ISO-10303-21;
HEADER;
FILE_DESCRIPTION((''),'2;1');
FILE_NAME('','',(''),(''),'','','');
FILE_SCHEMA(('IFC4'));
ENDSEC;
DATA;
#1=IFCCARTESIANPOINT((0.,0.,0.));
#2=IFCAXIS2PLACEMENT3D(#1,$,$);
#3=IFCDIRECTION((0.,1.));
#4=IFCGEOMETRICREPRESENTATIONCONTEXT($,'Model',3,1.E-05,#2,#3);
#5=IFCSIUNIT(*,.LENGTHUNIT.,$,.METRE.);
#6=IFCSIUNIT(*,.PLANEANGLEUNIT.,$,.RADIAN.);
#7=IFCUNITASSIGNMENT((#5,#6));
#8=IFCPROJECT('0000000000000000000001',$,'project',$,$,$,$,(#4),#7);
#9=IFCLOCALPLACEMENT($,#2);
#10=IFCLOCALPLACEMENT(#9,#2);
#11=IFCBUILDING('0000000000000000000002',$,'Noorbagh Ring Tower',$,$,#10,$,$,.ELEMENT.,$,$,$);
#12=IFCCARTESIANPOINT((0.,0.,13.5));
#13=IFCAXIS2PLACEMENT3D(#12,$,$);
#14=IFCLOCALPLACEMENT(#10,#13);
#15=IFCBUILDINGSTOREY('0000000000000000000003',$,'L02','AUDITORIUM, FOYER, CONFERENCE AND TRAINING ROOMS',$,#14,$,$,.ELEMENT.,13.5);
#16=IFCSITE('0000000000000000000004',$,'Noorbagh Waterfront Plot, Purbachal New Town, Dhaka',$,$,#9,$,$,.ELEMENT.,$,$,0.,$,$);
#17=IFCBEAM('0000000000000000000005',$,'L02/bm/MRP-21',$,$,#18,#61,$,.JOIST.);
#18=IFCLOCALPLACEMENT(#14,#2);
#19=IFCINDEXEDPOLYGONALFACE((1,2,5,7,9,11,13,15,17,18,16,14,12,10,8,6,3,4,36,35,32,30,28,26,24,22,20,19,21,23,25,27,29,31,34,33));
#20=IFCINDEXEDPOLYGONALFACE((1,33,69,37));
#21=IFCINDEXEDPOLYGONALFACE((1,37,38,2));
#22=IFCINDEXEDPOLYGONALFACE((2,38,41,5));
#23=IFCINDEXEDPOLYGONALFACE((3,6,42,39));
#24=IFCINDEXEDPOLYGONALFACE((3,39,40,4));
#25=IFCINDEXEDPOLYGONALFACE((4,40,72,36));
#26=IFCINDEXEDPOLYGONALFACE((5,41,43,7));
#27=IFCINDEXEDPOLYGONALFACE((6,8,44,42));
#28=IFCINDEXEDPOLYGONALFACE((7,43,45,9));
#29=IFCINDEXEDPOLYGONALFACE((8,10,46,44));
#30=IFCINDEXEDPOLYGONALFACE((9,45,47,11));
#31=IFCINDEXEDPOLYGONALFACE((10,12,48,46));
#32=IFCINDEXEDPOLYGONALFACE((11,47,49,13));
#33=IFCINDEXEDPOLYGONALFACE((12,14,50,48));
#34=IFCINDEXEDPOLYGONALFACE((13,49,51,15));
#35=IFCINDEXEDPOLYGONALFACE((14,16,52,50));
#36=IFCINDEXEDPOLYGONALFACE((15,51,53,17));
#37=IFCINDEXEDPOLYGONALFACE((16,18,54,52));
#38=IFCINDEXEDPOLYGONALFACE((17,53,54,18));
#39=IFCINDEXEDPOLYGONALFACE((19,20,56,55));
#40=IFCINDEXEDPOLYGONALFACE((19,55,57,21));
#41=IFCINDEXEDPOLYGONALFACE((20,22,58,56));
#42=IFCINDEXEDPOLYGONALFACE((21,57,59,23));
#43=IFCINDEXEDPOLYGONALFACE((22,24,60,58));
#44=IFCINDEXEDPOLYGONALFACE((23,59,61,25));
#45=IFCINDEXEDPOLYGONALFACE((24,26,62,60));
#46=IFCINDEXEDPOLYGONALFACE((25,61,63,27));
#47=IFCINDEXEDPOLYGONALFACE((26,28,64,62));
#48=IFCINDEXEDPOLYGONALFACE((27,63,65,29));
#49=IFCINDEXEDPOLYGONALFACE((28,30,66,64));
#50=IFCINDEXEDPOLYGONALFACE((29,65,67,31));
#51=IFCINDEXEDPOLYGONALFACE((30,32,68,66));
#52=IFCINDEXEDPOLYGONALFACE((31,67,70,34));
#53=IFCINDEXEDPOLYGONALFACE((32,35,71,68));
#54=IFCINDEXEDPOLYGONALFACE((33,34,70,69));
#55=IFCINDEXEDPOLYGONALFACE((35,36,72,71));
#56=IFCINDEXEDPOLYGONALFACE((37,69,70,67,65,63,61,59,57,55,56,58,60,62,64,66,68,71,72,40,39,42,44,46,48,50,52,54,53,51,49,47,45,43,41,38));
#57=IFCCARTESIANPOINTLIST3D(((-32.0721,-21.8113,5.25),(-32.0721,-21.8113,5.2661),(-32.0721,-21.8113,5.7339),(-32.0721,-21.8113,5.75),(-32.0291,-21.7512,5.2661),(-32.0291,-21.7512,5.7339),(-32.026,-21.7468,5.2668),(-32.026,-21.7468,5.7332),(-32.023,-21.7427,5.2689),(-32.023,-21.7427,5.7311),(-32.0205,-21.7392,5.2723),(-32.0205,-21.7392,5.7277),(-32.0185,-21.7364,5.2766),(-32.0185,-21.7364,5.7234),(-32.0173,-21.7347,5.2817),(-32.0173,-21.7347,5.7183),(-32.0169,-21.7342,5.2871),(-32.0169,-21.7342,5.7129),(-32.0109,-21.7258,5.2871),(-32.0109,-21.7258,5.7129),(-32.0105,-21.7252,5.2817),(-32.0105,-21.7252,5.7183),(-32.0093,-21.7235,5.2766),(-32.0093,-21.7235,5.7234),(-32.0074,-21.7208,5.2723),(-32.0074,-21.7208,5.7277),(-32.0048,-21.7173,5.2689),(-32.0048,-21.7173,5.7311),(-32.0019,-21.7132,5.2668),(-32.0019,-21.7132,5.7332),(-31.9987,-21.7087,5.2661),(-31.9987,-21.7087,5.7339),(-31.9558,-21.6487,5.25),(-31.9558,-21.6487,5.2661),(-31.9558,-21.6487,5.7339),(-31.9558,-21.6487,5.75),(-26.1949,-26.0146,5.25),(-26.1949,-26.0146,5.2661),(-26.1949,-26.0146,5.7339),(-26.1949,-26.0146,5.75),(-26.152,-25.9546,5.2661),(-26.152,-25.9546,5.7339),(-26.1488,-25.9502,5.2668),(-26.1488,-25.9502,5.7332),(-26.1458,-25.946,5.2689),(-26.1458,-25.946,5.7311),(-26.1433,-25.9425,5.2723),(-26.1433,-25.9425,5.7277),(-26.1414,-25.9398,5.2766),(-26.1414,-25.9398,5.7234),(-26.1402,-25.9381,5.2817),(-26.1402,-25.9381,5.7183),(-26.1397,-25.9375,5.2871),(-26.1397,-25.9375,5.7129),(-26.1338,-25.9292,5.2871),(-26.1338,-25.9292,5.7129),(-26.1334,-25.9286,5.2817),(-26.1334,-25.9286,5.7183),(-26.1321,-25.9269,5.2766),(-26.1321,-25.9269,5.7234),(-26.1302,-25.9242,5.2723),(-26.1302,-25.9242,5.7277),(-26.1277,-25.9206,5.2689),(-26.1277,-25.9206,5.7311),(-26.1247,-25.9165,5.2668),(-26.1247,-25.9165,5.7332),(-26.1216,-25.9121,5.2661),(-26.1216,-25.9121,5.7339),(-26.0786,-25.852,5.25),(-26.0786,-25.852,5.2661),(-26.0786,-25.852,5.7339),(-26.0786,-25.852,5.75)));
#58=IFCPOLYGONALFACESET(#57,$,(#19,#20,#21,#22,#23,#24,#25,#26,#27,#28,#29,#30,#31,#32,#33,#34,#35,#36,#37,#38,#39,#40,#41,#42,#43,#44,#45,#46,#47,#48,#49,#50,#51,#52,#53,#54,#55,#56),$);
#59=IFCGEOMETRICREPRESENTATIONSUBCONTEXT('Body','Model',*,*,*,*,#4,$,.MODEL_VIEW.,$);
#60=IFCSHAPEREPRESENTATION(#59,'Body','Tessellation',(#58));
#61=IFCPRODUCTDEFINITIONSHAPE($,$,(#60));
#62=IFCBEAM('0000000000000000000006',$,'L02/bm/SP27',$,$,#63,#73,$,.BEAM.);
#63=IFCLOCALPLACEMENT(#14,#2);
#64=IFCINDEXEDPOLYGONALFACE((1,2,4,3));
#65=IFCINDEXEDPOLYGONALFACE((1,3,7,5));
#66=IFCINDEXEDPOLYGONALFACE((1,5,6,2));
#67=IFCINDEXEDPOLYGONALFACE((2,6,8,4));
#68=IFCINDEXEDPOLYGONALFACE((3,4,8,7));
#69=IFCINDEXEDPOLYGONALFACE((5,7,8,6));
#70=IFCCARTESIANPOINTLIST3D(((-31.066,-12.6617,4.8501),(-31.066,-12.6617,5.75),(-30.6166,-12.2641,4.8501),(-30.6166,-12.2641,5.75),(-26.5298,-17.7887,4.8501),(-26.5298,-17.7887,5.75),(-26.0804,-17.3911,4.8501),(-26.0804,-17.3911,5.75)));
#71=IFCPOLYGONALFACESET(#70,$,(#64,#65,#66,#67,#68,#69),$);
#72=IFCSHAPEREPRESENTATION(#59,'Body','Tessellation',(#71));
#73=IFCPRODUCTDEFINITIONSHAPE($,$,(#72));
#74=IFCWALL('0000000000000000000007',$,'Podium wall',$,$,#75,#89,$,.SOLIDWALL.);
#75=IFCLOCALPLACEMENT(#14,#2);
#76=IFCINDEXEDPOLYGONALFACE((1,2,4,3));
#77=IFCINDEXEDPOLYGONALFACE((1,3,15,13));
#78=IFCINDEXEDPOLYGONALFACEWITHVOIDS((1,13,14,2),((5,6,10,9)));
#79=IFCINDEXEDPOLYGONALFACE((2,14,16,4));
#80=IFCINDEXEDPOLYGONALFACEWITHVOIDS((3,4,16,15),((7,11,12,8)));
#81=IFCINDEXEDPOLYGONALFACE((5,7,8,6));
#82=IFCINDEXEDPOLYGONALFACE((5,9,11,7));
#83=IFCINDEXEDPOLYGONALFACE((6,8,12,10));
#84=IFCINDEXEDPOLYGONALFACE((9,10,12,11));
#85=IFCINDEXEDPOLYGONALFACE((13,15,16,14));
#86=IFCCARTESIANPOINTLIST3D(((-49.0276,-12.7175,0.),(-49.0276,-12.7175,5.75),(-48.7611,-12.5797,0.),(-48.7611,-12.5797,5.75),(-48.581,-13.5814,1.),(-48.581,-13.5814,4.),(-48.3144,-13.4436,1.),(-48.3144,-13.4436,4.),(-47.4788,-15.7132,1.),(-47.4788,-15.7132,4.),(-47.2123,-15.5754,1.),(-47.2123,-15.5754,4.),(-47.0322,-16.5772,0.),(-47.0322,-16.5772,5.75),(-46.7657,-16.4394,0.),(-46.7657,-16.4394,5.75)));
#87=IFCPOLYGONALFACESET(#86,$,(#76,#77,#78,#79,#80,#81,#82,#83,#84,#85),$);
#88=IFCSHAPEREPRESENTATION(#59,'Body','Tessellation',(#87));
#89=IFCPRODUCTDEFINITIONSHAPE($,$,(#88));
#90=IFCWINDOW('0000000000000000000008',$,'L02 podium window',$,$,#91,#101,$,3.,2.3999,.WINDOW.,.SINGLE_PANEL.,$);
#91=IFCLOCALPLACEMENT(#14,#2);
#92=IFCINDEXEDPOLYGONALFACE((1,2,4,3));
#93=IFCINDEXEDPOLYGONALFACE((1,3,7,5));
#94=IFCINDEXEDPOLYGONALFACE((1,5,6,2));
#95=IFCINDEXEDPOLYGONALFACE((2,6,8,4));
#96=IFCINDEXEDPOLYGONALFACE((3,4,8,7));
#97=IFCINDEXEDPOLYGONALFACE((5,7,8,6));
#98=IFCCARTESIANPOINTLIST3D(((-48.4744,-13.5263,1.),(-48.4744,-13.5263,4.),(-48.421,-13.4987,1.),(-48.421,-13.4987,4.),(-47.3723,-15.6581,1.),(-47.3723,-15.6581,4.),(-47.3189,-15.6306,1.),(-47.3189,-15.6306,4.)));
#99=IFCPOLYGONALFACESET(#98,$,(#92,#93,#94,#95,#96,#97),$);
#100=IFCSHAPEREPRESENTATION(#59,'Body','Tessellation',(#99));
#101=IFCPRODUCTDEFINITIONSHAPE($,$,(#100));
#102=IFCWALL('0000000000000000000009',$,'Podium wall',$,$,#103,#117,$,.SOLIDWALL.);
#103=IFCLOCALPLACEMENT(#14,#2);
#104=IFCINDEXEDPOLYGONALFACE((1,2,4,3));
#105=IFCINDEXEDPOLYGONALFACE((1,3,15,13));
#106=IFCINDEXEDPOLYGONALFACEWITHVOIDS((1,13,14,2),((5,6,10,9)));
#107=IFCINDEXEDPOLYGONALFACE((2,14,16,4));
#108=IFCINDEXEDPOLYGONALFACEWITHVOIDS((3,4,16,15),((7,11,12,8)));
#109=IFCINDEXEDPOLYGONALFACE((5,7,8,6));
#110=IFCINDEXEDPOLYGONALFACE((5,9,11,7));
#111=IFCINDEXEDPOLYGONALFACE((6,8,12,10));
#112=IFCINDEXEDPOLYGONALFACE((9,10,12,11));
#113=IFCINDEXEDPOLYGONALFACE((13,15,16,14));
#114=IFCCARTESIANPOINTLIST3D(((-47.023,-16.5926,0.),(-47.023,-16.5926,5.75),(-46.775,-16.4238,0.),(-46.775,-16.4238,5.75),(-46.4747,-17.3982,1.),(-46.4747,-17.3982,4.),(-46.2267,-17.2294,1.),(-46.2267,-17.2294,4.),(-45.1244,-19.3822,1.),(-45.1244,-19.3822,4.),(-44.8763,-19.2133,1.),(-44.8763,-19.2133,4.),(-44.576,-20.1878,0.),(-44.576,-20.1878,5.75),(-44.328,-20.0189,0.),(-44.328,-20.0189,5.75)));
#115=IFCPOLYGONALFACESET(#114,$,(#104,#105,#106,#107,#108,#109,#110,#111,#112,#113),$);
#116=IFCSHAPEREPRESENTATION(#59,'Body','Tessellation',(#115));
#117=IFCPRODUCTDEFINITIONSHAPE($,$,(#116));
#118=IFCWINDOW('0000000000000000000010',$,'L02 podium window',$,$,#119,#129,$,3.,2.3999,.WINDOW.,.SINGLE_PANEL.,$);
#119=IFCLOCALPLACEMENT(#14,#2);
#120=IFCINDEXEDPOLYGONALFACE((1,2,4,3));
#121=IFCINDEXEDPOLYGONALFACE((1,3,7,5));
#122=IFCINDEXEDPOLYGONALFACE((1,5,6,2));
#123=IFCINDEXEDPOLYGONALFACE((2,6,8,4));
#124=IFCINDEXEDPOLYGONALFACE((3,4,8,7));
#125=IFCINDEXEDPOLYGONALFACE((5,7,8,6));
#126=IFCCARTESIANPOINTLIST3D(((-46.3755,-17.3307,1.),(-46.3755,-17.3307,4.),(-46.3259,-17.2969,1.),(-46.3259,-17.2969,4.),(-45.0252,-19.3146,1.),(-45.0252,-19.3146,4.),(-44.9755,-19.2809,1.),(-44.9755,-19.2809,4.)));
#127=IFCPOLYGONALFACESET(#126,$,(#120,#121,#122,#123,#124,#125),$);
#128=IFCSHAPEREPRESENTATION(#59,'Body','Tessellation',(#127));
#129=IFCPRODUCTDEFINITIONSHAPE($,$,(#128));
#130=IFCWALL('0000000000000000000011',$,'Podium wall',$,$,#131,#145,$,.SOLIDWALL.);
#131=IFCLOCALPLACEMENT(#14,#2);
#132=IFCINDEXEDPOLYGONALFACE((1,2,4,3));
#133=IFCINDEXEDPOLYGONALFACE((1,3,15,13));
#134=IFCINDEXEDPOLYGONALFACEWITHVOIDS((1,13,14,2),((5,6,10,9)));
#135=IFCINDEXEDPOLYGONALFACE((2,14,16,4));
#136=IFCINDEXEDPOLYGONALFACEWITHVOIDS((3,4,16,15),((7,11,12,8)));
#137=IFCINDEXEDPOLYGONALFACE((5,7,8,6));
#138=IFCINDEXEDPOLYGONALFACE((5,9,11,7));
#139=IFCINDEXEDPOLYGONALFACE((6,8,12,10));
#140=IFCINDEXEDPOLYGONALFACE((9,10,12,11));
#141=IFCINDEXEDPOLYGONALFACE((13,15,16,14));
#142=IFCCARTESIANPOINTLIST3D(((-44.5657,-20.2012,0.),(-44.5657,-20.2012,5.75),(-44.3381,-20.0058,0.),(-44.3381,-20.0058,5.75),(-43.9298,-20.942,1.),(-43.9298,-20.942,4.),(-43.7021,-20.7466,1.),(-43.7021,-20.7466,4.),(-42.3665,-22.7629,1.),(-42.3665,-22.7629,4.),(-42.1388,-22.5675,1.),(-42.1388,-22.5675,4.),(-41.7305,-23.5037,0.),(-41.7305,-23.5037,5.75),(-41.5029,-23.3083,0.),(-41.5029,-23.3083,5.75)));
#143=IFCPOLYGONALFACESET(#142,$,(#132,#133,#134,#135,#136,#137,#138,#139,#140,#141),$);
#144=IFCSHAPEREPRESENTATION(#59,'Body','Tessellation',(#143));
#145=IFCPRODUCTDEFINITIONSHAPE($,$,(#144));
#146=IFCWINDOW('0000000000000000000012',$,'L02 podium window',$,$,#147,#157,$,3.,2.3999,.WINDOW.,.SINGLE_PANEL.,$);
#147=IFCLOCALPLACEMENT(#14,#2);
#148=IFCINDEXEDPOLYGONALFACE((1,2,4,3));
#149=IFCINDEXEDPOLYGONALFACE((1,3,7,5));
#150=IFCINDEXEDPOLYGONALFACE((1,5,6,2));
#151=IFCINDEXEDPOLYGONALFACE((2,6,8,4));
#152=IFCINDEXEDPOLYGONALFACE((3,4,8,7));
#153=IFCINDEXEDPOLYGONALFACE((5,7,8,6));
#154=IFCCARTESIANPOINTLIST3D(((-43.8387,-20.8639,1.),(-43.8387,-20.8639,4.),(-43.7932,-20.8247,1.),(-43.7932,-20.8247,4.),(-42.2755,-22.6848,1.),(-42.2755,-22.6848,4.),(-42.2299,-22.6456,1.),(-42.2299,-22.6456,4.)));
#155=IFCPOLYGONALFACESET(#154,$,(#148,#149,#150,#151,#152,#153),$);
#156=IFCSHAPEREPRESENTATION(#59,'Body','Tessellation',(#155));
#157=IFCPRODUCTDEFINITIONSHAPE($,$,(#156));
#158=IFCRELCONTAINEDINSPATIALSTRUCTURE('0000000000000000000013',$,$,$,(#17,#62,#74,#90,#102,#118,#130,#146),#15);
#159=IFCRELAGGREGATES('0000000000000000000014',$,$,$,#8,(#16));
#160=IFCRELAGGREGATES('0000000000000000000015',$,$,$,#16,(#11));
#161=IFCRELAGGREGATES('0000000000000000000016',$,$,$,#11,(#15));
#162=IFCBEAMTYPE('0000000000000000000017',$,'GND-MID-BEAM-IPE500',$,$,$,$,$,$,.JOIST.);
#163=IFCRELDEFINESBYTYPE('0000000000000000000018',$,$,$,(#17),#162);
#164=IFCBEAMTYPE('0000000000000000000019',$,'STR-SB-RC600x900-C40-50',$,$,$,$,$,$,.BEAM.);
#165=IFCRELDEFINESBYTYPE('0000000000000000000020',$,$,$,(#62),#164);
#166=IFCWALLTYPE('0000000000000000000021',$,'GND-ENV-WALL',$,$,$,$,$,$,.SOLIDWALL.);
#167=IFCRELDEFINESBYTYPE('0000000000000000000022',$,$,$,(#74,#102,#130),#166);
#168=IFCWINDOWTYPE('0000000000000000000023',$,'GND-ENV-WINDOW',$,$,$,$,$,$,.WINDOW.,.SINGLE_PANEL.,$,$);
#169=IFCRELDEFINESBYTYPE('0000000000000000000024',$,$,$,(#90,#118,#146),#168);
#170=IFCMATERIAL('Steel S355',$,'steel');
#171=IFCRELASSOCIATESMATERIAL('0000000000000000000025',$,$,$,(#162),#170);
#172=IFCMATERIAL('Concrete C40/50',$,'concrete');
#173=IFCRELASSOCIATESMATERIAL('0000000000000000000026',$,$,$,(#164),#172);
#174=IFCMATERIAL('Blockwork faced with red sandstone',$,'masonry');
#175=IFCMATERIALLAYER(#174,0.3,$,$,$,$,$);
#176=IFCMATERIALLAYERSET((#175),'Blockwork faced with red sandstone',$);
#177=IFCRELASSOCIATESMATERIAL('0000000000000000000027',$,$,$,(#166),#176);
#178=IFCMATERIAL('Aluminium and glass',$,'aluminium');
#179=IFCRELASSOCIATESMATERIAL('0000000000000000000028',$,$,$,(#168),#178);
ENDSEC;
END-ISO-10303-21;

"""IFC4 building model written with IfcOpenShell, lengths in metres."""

from ifc_helpers import new_model, si_unit, direction, frame, frame_2d, origin, origin_2d, place, context, subcontext, project, spatial, rectangle, i_section, extrude, material, layer, layer_set, material_profile, profile_set, type_object, element, fill, save


model = new_model("IFC4")

# Units and contexts
model_context = context("Model", 3, precision=1e-05, world=origin(), true_north=direction((0.0, 1.0)))
body_context = subcontext(model_context, "Body", "Model", "MODEL_VIEW")
ifc_project = project(units=[si_unit("LENGTHUNIT", "METRE"), si_unit("PLANEANGLEUNIT", "RADIAN")], contexts=[model_context])

# Site, building, storey
site_placement = place(None, origin())
site = spatial("IfcSite", under=ifc_project, at=site_placement, Name="Noorbagh Waterfront Plot, Purbachal New Town, Dhaka", CompositionType="ELEMENT", RefElevation=0.0)
building_placement = place(site_placement, origin())
building = spatial("IfcBuilding", under=site, at=building_placement, Name="Noorbagh Ring Tower", CompositionType="ELEMENT")
storey_placement = place(building_placement, frame((0.0, 0.0, 13.5)))
storey = spatial("IfcBuildingStorey", under=building, at=storey_placement, Name="L02", Description="AUDITORIUM, FOYER, CONFERENCE AND TRAINING ROOMS", CompositionType="ELEMENT", Elevation=13.5)

# Beams
ifc_material_1 = material(Name="Steel S355", Category="steel")
ifc_material_profile_1 = material_profile(ifc_material_1, i_section(OverallWidth=0.2, OverallDepth=0.5, WebThickness=0.0103, FlangeThickness=0.0161, FilletRadius=0.021, at=origin_2d()), Name="IPE500")
ifc_profile_set_1 = profile_set([ifc_material_profile_1], Name="Steel S355")
beam_type_1 = type_object("IfcBeamType", Name="GND-MID-BEAM-IPE500", PredefinedType="JOIST", material=ifc_profile_set_1)
beam_1_placement = place(storey_placement, frame((-32.0139, -21.73, 5.5), z_axis=(0.813382, -0.58173, 0.0), x_axis=(0.58173, 0.813382, 0.0)))
element("IfcBeam", 1, at=beam_1_placement, inside=storey, type_object=beam_type_1, Name="L02/bm/MRP-21", PredefinedType="JOIST", context=body_context, shape_type="SweptSolid", body=[
    extrude(i_section(OverallWidth=0.2, OverallDepth=0.5, WebThickness=0.0103, FlangeThickness=0.0161, FilletRadius=0.021, at=origin_2d()), origin(), (0.0, 0.0, 1.0), 7.2256),
])
ifc_material_2 = material(Name="Concrete C40/50", Category="concrete")
ifc_material_profile_2 = material_profile(ifc_material_2, rectangle(XDim=0.6001, YDim=0.8999, at=origin_2d()), Name="RC600x900")
ifc_profile_set_2 = profile_set([ifc_material_profile_2], Name="Concrete C40/50")
beam_type_2 = type_object("IfcBeamType", Name="STR-SB-RC600x900-C40-50", PredefinedType="BEAM", material=ifc_profile_set_2)
beam_2_placement = place(storey_placement, frame((-30.8413, -12.4629, 5.3), z_axis=(0.662635, -0.748942, 0.0), x_axis=(0.748942, 0.662635, 0.0)))
element("IfcBeam", 2, at=beam_2_placement, inside=storey, type_object=beam_type_2, Name="L02/bm/SP27", PredefinedType="BEAM", context=body_context, shape_type="SweptSolid", body=[
    extrude(rectangle(XDim=0.6001, YDim=0.8999, at=origin_2d()), origin(), (0.0, 0.0, 1.0), 6.8457),
])

# Walls, openings, windows
ifc_material_3 = material(Name="Blockwork faced with red sandstone", Category="masonry")
ifc_layer_1 = layer(ifc_material_3, 0.3)
ifc_layer_set_1 = layer_set([ifc_layer_1], Name="Blockwork faced with red sandstone")
wall_type_1 = type_object("IfcWallType", Name="GND-ENV-WALL", PredefinedType="SOLIDWALL", material=ifc_layer_set_1)
wall_1_placement = place(storey_placement, frame((-48.8943, -12.6487, 0.0), z_axis=(0.0, 0.0, 1.0), x_axis=(0.459243, -0.888311, 0.0)))
wall_1 = element("IfcWall", 3, at=wall_1_placement, inside=storey, type_object=wall_type_1, Name="Podium wall", PredefinedType="SOLIDWALL", context=body_context, shape_type="SweptSolid", body=[
    extrude(rectangle(XDim=4.345, YDim=0.3, at=frame_2d((2.1724, 0.0))), origin(), (0.0, 0.0, 1.0), 5.75),
])
opening_1_placement = place(wall_1_placement, frame((0.9724, 0.0, 1.0)))
opening_1 = element("IfcOpeningElement", 4, at=opening_1_placement, cuts=wall_1, PredefinedType="OPENING", context=body_context, shape_type="SweptSolid", body=[
    extrude(rectangle(XDim=2.3999, YDim=3.0, at=frame_2d((1.2, 1.5))), frame((0.0, 0.1602, 0.0), z_axis=(0.0, -1.0, 0.0), x_axis=(1.0, 0.0, 0.0)), (0.0, 0.0, 1.0), 0.3201),
])
ifc_material_4 = material(Name="Aluminium and glass", Category="aluminium")
window_type = type_object("IfcWindowType", Name="GND-ENV-WINDOW", PartitioningType="SINGLE_PANEL", PredefinedType="WINDOW", material=ifc_material_4)
window_1_placement = place(opening_1_placement, origin())
window_1 = element("IfcWindow", 5, at=window_1_placement, inside=storey, type_object=window_type, Name="L02 podium window", OverallHeight=3.0, OverallWidth=2.3999, PartitioningType="SINGLE_PANEL", PredefinedType="WINDOW", context=body_context, shape_type="SweptSolid", body=[
    extrude(rectangle(XDim=2.3999, YDim=3.0, at=frame_2d((1.2, 1.5))), frame((0.0, 0.03, 0.0), z_axis=(0.0, -1.0, 0.0), x_axis=(1.0, 0.0, 0.0)), (0.0, 0.0, 1.0), 0.0601),
])
fill(opening_1, window_1)
wall_2_placement = place(storey_placement, frame((-46.8989, -16.5083, 0.0), z_axis=(0.0, 0.0, 1.0), x_axis=(0.562668, -0.826683, 0.0)))
wall_2 = element("IfcWall", 6, at=wall_2_placement, inside=storey, type_object=wall_type_1, Name="Podium wall", PredefinedType="SOLIDWALL", context=body_context, shape_type="SweptSolid", body=[
    extrude(rectangle(XDim=4.3489, YDim=0.3, at=frame_2d((2.1743, 0.0))), origin(), (0.0, 0.0, 1.0), 5.75),
])
opening_2_placement = place(wall_2_placement, frame((0.9744, 0.0, 1.0)))
opening_2 = element("IfcOpeningElement", 7, at=opening_2_placement, cuts=wall_2, PredefinedType="OPENING", context=body_context, shape_type="SweptSolid", body=[
    extrude(rectangle(XDim=2.3999, YDim=3.0, at=frame_2d((1.2, 1.5))), frame((0.0, 0.1602, 0.0), z_axis=(0.0, -1.0, 0.0), x_axis=(1.0, 0.0, 0.0)), (0.0, 0.0, 1.0), 0.3201),
])
window_2_placement = place(opening_2_placement, origin())
window_2 = element("IfcWindow", 8, at=window_2_placement, inside=storey, type_object=window_type, Name="L02 podium window", OverallHeight=3.0, OverallWidth=2.3999, PartitioningType="SINGLE_PANEL", PredefinedType="WINDOW", context=body_context, shape_type="SweptSolid", body=[
    extrude(rectangle(XDim=2.3999, YDim=3.0, at=frame_2d((1.2, 1.5))), frame((0.0, 0.03, 0.0), z_axis=(0.0, -1.0, 0.0), x_axis=(1.0, 0.0, 0.0)), (0.0, 0.0, 1.0), 0.0601),
])
fill(opening_2, window_2)
wall_3_placement = place(storey_placement, frame((-44.4519, -20.1035, 0.0), z_axis=(0.0, 0.0, 1.0), x_axis=(0.651387, -0.758746, 0.0)))
wall_3 = element("IfcWall", 9, at=wall_3_placement, inside=storey, type_object=wall_type_1, Name="Podium wall", PredefinedType="SOLIDWALL", context=body_context, shape_type="SweptSolid", body=[
    extrude(rectangle(XDim=4.3525, YDim=0.3, at=frame_2d((2.1763, 0.0))), origin(), (0.0, 0.0, 1.0), 5.75),
])
opening_3_placement = place(wall_3_placement, frame((0.9763, 0.0, 1.0)))
opening_3 = element("IfcOpeningElement", 10, at=opening_3_placement, cuts=wall_3, PredefinedType="OPENING", context=body_context, shape_type="SweptSolid", body=[
    extrude(rectangle(XDim=2.3999, YDim=3.0, at=frame_2d((1.2, 1.5))), frame((0.0, 0.1602, 0.0), z_axis=(0.0, -1.0, 0.0), x_axis=(1.0, 0.0, 0.0)), (0.0, 0.0, 1.0), 0.3201),
])
window_3_placement = place(opening_3_placement, origin())
window_3 = element("IfcWindow", 11, at=window_3_placement, inside=storey, type_object=window_type, Name="L02 podium window", OverallHeight=3.0, OverallWidth=2.3999, PartitioningType="SINGLE_PANEL", PredefinedType="WINDOW", context=body_context, shape_type="SweptSolid", body=[
    extrude(rectangle(XDim=2.3999, YDim=3.0, at=frame_2d((1.2, 1.5))), frame((0.0, 0.03, 0.0), z_axis=(0.0, -1.0, 0.0), x_axis=(1.0, 0.0, 0.0)), (0.0, 0.0, 1.0), 0.0601),
])
fill(opening_3, window_3)

save(model, "model.ifc")
